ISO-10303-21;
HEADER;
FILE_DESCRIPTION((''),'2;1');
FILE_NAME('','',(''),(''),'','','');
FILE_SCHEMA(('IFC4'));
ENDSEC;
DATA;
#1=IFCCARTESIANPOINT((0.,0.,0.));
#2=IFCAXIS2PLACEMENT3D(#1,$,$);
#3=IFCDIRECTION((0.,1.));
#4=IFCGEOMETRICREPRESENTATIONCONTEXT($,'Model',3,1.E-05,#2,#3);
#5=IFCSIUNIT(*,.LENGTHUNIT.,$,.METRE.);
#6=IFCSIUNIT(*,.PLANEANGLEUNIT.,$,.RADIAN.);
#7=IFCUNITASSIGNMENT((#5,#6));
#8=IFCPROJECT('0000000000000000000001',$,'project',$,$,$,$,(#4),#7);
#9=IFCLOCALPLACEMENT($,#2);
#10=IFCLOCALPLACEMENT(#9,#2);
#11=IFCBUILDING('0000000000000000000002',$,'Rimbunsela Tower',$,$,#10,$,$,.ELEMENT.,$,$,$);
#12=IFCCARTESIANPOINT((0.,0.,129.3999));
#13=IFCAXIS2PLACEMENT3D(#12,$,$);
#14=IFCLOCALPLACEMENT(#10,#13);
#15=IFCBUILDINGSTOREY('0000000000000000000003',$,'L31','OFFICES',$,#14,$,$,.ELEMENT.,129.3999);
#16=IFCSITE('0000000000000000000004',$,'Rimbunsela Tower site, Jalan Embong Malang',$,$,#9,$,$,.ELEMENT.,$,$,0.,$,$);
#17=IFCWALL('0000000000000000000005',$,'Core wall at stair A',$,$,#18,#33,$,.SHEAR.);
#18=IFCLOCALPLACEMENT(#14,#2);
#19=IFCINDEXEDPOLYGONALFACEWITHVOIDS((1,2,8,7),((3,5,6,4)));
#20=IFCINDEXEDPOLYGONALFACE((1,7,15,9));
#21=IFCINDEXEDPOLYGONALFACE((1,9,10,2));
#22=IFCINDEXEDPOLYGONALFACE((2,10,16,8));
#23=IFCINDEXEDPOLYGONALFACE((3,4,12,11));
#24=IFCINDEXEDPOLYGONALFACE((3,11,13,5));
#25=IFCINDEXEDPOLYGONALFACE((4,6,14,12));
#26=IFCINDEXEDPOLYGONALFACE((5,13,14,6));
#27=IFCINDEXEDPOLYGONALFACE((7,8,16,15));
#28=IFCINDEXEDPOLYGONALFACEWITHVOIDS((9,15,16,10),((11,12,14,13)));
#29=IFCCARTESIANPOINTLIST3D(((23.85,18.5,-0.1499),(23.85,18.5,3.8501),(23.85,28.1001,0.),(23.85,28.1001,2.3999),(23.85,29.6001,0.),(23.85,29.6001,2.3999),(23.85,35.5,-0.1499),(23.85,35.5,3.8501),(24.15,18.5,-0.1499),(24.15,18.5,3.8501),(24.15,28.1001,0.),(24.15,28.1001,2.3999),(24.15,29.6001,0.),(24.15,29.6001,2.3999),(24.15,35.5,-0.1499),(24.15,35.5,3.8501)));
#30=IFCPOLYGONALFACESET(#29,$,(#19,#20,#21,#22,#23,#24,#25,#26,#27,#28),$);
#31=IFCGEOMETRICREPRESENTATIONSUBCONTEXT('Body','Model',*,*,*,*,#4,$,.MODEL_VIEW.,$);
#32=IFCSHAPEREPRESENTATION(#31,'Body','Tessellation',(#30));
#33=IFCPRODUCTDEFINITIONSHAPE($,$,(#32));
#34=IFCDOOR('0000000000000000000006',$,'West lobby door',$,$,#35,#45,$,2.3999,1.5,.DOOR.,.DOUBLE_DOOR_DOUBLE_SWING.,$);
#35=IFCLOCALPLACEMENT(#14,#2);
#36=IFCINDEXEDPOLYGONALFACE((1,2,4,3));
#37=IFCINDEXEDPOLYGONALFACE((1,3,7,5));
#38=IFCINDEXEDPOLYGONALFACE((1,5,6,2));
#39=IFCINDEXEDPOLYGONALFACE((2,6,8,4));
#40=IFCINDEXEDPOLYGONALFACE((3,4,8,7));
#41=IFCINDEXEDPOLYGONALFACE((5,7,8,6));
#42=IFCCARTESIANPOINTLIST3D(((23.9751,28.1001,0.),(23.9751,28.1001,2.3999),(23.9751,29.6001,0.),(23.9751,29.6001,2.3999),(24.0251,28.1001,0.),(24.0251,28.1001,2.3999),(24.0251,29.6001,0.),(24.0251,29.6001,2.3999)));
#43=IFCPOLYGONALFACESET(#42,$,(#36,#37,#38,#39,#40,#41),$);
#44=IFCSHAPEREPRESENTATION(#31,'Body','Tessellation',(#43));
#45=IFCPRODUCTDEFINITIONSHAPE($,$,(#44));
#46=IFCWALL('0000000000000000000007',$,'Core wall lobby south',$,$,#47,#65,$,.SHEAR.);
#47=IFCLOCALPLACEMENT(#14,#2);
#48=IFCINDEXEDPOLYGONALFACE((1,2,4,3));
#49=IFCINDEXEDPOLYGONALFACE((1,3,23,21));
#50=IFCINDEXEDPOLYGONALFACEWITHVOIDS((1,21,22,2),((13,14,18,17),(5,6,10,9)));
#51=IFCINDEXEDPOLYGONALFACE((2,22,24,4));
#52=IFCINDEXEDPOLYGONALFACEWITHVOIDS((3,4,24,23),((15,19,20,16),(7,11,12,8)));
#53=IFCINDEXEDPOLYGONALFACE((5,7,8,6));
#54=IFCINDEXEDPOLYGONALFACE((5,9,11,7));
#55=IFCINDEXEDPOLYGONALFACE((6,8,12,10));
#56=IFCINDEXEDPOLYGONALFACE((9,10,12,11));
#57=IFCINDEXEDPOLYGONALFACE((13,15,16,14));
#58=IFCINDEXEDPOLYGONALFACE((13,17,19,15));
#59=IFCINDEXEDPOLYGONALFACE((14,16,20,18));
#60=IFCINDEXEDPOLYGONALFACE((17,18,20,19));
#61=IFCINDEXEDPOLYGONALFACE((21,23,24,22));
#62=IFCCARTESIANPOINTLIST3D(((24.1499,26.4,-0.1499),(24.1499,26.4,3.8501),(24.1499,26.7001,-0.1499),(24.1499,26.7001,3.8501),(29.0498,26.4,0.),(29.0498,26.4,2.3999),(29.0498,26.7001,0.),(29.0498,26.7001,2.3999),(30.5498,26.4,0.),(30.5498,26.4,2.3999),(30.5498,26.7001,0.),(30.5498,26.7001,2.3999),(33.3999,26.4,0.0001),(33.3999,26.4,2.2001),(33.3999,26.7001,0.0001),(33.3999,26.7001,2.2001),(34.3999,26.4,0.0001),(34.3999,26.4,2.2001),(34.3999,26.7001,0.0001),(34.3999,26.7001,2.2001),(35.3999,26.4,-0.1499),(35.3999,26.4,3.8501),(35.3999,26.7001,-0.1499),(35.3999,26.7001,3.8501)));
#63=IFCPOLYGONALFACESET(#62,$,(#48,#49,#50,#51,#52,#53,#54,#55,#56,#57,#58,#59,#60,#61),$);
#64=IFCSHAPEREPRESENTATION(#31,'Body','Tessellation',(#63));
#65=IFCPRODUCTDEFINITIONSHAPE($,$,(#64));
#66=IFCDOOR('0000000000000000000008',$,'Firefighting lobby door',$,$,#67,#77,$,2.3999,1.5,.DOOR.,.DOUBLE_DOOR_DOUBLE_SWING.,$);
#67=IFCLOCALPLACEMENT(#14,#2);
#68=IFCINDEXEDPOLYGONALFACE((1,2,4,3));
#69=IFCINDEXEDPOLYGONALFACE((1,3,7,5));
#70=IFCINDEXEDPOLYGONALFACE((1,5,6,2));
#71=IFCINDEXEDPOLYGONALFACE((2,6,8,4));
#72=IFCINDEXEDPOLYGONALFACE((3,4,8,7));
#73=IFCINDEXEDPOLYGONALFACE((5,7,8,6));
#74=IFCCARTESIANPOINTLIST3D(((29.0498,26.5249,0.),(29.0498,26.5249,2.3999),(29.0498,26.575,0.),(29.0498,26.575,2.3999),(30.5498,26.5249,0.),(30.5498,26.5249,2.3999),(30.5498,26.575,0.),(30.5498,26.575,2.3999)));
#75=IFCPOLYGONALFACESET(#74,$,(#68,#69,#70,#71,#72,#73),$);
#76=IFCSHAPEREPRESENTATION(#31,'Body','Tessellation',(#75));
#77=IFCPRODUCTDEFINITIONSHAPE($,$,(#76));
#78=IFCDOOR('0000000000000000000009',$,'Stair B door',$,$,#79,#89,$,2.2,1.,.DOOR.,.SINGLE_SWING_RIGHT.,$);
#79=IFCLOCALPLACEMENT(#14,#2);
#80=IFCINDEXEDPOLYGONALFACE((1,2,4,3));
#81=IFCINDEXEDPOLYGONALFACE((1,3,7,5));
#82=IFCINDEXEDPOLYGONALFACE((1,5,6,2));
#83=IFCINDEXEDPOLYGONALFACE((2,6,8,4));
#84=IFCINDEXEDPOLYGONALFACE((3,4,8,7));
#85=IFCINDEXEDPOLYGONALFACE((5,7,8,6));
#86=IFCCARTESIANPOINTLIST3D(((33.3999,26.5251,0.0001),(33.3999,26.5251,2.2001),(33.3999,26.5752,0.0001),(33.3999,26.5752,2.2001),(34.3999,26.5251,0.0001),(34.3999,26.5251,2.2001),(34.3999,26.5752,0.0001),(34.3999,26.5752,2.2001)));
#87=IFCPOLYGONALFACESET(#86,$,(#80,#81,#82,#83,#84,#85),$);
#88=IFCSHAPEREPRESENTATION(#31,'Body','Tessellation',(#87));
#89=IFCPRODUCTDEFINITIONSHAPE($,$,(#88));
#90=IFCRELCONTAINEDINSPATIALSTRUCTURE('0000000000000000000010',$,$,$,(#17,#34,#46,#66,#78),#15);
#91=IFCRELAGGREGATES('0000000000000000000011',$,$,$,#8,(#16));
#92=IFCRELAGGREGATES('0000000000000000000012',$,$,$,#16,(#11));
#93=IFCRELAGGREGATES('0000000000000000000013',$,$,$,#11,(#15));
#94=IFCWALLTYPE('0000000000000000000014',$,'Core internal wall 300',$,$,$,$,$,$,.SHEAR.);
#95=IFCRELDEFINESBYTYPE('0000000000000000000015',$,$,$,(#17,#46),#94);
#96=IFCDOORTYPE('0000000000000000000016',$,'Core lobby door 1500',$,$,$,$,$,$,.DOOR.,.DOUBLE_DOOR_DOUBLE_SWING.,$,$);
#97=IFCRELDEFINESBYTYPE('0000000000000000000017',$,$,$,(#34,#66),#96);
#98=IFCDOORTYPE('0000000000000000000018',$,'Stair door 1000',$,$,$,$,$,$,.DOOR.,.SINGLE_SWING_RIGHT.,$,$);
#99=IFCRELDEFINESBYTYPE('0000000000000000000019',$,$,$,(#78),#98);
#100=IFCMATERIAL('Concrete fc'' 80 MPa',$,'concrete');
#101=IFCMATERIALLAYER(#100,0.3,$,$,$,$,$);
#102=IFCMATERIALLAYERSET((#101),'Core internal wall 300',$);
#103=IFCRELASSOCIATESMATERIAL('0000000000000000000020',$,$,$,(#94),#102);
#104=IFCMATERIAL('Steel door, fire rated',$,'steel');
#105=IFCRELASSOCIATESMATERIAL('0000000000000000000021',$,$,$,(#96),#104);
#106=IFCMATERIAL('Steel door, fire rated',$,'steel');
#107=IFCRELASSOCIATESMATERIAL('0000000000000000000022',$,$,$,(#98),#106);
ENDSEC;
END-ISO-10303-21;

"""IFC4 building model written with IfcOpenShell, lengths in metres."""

from ifc_helpers import new_model, si_unit, direction, frame, frame_2d, origin, place, context, subcontext, project, spatial, rectangle, extrude, material, layer, layer_set, type_object, element, fill, save


model = new_model("IFC4")

# Units and contexts
model_context = context("Model", 3, precision=1e-05, world=origin(), true_north=direction((0.0, 1.0)))
body_context = subcontext(model_context, "Body", "Model", "MODEL_VIEW")
ifc_project = project(units=[si_unit("LENGTHUNIT", "METRE"), si_unit("PLANEANGLEUNIT", "RADIAN")], contexts=[model_context])

# Site, building, storey
site_placement = place(None, origin())
site = spatial("IfcSite", under=ifc_project, at=site_placement, Name="Rimbunsela Tower site, Jalan Embong Malang", CompositionType="ELEMENT", RefElevation=0.0)
building_placement = place(site_placement, origin())
building = spatial("IfcBuilding", under=site, at=building_placement, Name="Rimbunsela Tower", CompositionType="ELEMENT")
storey_placement = place(building_placement, frame((0.0, 0.0, 129.3999)))
storey = spatial("IfcBuildingStorey", under=building, at=storey_placement, Name="L31", Description="OFFICES", CompositionType="ELEMENT", Elevation=129.3999)

# Wall, opening, door
ifc_material_1 = material(Name="Concrete fc' 80 MPa", Category="concrete")
ifc_layer_1 = layer(ifc_material_1, 0.3)
ifc_layer_set_1 = layer_set([ifc_layer_1], Name="Core internal wall 300")
wall_type_1 = type_object("IfcWallType", Name="Core internal wall 300", PredefinedType="SHEAR", material=ifc_layer_set_1)
wall_1_placement = place(storey_placement, frame((24.0, 18.5, -0.1499), z_axis=(0.0, 0.0, 1.0), x_axis=(0.0, 1.0, 0.0)))
wall_1 = element("IfcWall", 1, at=wall_1_placement, inside=storey, type_object=wall_type_1, Name="Core wall at stair A", PredefinedType="SHEAR", context=body_context, shape_type="SweptSolid", body=[
    extrude(rectangle(XDim=17.0, YDim=0.3, at=frame_2d((8.5, 0.0))), origin(), (0.0, 0.0, 1.0), 4.0),
])
opening_1_placement = place(wall_1_placement, frame((9.6001, 0.0, 0.1499)))
opening_1 = element("IfcOpeningElement", 2, at=opening_1_placement, cuts=wall_1, PredefinedType="OPENING", context=body_context, shape_type="SweptSolid", body=[
    extrude(rectangle(XDim=1.5, YDim=2.3999, at=frame_2d((0.75, 1.2))), frame((0.0, 0.1599, 0.0), z_axis=(0.0, -1.0, 0.0), x_axis=(1.0, 0.0, 0.0)), (0.0, 0.0, 1.0), 0.3201),
])
ifc_material_2 = material(Name="Steel door, fire rated", Category="steel")
door_type_1 = type_object("IfcDoorType", Name="Core lobby door 1500", OperationType="DOUBLE_DOOR_DOUBLE_SWING", PredefinedType="DOOR", material=ifc_material_2)
door_1_placement = place(opening_1_placement, origin())
door_1 = element("IfcDoor", 3, at=door_1_placement, inside=storey, type_object=door_type_1, Name="West lobby door", OperationType="DOUBLE_DOOR_DOUBLE_SWING", OverallHeight=2.3999, OverallWidth=1.5, PredefinedType="DOOR", context=body_context, shape_type="SweptSolid", body=[
    extrude(rectangle(XDim=1.5, YDim=2.3999, at=frame_2d((0.75, 1.2))), frame((0.0, 0.0249, 0.0), z_axis=(0.0, -1.0, 0.0), x_axis=(1.0, 0.0, 0.0)), (0.0, 0.0, 1.0), 0.05),
])
fill(opening_1, door_1)

# Wall, openings, doors
wall_2_placement = place(storey_placement, frame((24.1499, 26.55, -0.1499), z_axis=(0.0, 0.0, 1.0), x_axis=(1.0, 0.0, 0.0)))
wall_2 = element("IfcWall", 4, at=wall_2_placement, inside=storey, type_object=wall_type_1, Name="Core wall lobby south", PredefinedType="SHEAR", context=body_context, shape_type="SweptSolid", body=[
    extrude(rectangle(XDim=11.25, YDim=0.3, at=frame_2d((5.625, 0.0))), origin(), (0.0, 0.0, 1.0), 4.0),
])
opening_2_placement = place(wall_2_placement, frame((9.25, 0.0, 0.1499)))
opening_2 = element("IfcOpeningElement", 5, at=opening_2_placement, cuts=wall_2, PredefinedType="OPENING", context=body_context, shape_type="SweptSolid", body=[
    extrude(rectangle(XDim=1.0, YDim=2.2, at=frame_2d((0.5, 1.1001))), frame((0.0, 0.1599, 0.0), z_axis=(0.0, -1.0, 0.0), x_axis=(1.0, 0.0, 0.0)), (0.0, 0.0, 1.0), 0.3201),
])
opening_3_placement = place(wall_2_placement, frame((4.8999, 0.0, 0.1499)))
opening_3 = element("IfcOpeningElement", 6, at=opening_3_placement, cuts=wall_2, PredefinedType="OPENING", context=body_context, shape_type="SweptSolid", body=[
    extrude(rectangle(XDim=1.5, YDim=2.3999, at=frame_2d((0.75, 1.2))), frame((0.0, 0.1599, 0.0), z_axis=(0.0, -1.0, 0.0), x_axis=(1.0, 0.0, 0.0)), (0.0, 0.0, 1.0), 0.3201),
])
door_2_placement = place(opening_3_placement, origin())
door_2 = element("IfcDoor", 7, at=door_2_placement, inside=storey, type_object=door_type_1, Name="Firefighting lobby door", OperationType="DOUBLE_DOOR_DOUBLE_SWING", OverallHeight=2.3999, OverallWidth=1.5, PredefinedType="DOOR", context=body_context, shape_type="SweptSolid", body=[
    extrude(rectangle(XDim=1.5, YDim=2.3999, at=frame_2d((0.75, 1.2))), frame((0.0, 0.0249, 0.0), z_axis=(0.0, -1.0, 0.0), x_axis=(1.0, 0.0, 0.0)), (0.0, 0.0, 1.0), 0.05),
])
fill(opening_3, door_2)
ifc_material_3 = material(Name="Steel door, fire rated", Category="steel")
door_type_2 = type_object("IfcDoorType", Name="Stair door 1000", OperationType="SINGLE_SWING_RIGHT", PredefinedType="DOOR", material=ifc_material_3)
door_3_placement = place(opening_2_placement, frame((1.0, 0.0, 0.0), z_axis=(0.0, 0.0, 1.0), x_axis=(-1.0, 0.0, 0.0)))
door_3 = element("IfcDoor", 8, at=door_3_placement, inside=storey, type_object=door_type_2, Name="Stair B door", OperationType="SINGLE_SWING_RIGHT", OverallHeight=2.2, OverallWidth=1.0, PredefinedType="DOOR", context=body_context, shape_type="SweptSolid", body=[
    extrude(rectangle(XDim=1.0, YDim=2.2, at=frame_2d((0.5, 1.1001))), frame((0.0, 0.0249, 0.0), z_axis=(0.0, -1.0, 0.0), x_axis=(1.0, 0.0, 0.0)), (0.0, 0.0, 1.0), 0.05),
])
fill(opening_2, door_3)

save(model, "model.ifc")
